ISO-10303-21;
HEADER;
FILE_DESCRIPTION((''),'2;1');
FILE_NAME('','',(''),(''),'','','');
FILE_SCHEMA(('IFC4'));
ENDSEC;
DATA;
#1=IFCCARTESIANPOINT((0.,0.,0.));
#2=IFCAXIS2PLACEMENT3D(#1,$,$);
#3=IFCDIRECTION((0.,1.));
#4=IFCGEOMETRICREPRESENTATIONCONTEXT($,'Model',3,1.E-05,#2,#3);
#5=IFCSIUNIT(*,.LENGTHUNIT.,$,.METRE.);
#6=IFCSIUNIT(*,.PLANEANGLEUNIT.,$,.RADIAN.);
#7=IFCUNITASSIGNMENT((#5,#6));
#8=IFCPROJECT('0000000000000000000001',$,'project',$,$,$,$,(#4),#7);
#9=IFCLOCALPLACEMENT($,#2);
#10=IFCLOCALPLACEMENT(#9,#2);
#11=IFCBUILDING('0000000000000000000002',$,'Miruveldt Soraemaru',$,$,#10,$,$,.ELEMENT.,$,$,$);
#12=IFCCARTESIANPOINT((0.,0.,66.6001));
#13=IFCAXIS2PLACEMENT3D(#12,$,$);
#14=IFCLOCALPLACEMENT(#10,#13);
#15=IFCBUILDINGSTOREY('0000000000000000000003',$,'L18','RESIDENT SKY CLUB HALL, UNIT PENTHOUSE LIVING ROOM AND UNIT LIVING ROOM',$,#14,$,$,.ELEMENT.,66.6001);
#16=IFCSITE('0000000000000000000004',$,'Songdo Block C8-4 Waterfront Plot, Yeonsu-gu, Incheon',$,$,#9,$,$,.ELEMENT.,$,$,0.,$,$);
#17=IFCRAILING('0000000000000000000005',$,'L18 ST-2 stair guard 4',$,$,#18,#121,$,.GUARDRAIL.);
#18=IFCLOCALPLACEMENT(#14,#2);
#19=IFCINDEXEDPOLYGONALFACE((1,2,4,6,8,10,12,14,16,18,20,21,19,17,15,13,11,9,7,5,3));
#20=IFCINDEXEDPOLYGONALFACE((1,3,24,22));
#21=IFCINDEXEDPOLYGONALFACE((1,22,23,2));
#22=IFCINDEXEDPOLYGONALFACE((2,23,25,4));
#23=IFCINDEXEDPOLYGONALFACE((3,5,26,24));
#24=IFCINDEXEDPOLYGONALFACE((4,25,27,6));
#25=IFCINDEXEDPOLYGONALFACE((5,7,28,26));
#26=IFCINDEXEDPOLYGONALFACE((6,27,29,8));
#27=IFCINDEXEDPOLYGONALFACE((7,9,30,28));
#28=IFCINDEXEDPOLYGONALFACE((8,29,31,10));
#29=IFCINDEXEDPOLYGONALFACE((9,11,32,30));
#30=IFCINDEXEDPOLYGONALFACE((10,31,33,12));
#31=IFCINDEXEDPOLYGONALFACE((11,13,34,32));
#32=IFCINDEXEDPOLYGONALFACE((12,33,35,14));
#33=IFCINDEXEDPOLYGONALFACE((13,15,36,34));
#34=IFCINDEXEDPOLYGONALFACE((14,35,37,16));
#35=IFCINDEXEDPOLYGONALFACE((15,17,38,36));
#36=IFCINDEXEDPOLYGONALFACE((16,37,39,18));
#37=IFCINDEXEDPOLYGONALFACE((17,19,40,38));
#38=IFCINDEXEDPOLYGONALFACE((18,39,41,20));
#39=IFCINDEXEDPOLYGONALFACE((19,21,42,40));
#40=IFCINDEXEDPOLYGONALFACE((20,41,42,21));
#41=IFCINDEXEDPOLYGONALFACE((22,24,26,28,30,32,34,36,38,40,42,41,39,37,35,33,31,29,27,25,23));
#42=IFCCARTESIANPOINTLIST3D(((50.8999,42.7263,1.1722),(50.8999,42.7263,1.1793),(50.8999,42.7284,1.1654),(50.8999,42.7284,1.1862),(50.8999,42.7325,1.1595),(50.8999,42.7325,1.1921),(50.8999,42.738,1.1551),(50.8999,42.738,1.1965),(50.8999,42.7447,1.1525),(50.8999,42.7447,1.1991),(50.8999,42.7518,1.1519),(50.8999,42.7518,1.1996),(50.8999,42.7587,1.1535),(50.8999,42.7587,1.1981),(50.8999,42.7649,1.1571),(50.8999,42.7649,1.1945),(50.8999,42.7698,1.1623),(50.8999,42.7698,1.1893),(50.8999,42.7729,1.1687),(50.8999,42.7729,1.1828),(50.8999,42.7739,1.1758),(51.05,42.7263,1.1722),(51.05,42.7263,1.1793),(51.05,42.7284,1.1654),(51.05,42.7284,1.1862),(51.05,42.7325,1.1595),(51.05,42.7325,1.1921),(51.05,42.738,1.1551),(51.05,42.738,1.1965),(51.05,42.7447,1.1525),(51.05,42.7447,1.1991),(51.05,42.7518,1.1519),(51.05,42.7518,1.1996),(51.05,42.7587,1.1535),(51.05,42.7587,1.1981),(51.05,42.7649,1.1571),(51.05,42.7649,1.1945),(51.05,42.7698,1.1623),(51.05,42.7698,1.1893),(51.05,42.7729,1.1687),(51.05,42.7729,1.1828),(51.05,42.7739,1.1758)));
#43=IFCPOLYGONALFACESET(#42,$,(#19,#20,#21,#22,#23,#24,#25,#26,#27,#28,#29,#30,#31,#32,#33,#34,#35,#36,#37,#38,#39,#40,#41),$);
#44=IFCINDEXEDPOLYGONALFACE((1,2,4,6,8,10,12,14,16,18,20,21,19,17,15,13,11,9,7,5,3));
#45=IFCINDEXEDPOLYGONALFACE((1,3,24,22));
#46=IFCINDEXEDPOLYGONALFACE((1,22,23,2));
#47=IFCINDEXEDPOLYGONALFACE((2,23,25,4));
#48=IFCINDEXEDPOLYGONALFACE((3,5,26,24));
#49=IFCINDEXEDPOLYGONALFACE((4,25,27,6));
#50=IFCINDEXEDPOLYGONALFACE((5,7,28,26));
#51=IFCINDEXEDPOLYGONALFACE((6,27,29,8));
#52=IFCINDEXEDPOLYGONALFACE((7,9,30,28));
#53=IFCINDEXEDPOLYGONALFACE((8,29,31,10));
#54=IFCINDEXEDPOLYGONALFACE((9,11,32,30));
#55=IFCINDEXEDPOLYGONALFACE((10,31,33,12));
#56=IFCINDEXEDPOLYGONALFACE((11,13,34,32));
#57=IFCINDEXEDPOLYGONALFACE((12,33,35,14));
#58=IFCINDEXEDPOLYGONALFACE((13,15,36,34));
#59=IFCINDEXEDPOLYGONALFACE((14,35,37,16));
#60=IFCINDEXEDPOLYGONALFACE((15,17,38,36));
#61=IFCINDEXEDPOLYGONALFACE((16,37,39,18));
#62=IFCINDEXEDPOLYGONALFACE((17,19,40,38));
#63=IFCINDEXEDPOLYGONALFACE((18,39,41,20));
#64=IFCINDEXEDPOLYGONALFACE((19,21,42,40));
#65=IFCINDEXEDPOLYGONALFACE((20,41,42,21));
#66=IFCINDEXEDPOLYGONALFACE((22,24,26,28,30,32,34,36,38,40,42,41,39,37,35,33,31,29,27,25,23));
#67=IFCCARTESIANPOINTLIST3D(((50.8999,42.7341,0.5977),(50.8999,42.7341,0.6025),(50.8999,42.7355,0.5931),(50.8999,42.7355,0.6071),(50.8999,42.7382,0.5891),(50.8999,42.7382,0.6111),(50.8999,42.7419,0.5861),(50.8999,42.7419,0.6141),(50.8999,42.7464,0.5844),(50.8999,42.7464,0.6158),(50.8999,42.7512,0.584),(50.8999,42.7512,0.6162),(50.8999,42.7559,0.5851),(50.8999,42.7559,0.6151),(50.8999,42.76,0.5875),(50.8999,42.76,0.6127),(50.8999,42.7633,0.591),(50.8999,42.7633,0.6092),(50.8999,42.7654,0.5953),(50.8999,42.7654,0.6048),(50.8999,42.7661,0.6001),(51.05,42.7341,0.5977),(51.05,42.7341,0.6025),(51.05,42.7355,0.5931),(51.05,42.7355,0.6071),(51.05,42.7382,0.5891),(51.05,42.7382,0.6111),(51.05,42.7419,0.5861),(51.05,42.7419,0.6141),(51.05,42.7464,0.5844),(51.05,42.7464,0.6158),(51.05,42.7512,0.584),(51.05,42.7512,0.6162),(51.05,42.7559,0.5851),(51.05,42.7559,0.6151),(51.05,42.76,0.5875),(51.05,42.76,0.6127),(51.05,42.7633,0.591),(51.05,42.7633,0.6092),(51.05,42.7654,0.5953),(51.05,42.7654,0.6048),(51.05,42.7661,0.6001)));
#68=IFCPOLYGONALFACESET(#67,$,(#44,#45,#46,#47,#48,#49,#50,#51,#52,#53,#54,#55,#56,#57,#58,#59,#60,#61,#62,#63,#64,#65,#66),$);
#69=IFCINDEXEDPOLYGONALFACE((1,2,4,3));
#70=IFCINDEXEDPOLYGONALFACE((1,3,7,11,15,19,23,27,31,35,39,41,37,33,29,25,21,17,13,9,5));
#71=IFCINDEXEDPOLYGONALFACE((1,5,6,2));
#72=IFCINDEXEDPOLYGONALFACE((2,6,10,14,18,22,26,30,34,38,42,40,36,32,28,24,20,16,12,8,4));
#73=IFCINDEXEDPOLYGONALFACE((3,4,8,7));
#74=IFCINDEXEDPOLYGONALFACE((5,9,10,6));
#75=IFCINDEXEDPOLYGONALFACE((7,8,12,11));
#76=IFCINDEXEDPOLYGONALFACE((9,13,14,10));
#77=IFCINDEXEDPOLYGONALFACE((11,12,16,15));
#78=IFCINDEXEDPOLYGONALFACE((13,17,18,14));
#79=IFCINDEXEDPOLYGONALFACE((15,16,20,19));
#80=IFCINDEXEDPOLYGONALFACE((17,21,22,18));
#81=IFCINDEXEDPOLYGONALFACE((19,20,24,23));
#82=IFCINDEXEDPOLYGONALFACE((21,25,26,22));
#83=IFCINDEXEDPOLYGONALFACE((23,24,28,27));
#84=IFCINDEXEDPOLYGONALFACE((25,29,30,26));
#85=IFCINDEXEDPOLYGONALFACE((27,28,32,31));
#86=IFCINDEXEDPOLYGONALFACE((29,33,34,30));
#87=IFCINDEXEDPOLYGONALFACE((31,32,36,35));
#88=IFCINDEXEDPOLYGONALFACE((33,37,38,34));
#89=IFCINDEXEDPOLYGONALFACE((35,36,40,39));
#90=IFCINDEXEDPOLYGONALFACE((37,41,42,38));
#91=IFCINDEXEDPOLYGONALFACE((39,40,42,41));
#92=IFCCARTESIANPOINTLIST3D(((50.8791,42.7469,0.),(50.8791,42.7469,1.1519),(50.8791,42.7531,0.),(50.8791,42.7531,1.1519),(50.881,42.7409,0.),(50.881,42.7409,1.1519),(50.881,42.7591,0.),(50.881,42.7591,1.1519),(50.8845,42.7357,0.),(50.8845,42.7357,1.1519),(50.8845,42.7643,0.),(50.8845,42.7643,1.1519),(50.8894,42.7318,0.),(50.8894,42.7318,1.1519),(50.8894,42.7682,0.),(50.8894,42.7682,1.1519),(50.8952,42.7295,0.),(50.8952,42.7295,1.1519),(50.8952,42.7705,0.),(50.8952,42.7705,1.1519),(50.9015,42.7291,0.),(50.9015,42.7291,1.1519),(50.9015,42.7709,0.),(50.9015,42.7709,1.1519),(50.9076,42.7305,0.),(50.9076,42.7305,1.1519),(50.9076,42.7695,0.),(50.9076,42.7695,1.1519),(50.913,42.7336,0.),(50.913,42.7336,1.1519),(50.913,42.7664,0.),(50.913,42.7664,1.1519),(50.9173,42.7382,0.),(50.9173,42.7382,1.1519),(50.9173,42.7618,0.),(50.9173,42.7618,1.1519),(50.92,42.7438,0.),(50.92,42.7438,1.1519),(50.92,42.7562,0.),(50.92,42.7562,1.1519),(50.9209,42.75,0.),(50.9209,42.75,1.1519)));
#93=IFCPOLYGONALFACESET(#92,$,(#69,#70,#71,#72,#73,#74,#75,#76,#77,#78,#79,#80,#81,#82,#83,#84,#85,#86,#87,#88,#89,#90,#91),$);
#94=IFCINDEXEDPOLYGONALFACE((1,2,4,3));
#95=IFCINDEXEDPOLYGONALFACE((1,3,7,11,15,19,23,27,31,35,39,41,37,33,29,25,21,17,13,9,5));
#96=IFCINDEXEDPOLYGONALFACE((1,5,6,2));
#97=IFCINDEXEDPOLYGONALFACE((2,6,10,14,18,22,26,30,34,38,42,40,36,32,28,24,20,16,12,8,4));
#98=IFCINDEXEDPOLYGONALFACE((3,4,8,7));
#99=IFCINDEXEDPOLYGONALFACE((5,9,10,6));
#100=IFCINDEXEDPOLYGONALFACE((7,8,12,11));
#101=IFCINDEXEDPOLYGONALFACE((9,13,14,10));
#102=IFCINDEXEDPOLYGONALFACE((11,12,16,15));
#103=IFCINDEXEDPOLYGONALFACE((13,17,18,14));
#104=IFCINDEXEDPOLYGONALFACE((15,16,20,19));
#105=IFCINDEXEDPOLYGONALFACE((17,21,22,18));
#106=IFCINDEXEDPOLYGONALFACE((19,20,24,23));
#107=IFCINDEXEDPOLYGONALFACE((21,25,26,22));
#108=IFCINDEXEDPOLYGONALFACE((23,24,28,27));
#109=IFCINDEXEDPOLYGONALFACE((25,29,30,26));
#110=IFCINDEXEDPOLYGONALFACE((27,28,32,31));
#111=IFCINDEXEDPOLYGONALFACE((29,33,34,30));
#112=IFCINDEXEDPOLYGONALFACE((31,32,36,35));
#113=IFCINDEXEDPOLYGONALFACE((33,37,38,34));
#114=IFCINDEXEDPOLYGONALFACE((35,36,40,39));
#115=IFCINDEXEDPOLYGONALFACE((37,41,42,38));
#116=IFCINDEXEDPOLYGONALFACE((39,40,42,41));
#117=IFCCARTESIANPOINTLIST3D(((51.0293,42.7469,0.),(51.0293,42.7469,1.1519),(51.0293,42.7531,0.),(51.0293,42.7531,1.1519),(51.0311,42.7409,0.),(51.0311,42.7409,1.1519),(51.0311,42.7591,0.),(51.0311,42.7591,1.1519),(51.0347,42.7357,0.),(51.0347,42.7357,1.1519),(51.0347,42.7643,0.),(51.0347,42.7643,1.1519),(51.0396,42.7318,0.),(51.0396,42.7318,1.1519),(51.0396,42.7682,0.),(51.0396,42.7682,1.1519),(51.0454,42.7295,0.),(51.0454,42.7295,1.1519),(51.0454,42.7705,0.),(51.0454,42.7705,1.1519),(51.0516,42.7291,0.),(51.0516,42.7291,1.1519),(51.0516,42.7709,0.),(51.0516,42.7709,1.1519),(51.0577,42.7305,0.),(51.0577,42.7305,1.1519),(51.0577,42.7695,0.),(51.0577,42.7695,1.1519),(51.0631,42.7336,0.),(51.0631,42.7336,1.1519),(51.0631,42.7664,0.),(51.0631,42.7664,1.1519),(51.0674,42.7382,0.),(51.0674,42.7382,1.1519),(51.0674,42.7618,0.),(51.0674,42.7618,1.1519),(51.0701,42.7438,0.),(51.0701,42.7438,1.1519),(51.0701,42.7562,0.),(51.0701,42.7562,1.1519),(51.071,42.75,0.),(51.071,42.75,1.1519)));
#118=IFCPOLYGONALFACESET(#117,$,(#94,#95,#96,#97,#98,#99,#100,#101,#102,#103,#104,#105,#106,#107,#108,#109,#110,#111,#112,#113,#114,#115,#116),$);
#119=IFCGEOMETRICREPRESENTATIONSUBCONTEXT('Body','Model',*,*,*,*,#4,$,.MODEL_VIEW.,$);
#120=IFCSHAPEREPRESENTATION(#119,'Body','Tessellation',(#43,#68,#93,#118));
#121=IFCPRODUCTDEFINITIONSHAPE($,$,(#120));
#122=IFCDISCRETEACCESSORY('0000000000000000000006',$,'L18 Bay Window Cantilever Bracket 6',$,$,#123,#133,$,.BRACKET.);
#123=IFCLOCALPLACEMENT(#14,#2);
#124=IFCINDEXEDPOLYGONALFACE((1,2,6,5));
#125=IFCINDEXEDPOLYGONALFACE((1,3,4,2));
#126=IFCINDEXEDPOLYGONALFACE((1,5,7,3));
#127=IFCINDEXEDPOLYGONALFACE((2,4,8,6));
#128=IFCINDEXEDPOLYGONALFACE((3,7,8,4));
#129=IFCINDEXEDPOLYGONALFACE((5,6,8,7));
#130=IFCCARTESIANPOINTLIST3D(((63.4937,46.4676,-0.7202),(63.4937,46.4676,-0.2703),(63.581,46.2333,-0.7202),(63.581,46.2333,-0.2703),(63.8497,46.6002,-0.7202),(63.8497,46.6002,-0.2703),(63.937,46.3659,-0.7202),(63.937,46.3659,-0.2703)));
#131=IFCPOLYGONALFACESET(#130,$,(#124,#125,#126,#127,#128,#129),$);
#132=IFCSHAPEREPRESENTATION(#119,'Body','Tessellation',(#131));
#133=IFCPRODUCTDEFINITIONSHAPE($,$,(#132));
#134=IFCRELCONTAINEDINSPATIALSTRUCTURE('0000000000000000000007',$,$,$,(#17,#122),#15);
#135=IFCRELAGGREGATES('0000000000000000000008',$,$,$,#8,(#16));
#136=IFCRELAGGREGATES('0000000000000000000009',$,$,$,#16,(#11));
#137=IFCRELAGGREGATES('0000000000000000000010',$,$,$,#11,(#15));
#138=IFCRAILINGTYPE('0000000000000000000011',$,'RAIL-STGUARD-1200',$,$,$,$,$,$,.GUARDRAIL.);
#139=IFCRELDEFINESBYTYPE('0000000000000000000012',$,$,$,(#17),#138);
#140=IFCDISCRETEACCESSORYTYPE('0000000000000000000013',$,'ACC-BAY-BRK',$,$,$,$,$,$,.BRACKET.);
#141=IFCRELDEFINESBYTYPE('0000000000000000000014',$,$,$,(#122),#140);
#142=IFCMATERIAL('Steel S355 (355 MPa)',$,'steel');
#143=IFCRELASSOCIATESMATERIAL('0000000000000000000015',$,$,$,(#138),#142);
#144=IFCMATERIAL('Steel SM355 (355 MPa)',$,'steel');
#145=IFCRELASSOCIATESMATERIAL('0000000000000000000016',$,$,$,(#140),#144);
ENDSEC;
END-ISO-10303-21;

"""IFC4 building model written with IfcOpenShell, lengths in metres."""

from ifc_helpers import new_model, si_unit, direction, frame, origin, origin_2d, place, context, subcontext, project, spatial, rectangle, circle, extrude, material, type_object, element, save


model = new_model("IFC4")

# Units and contexts
model_context = context("Model", 3, precision=1e-05, world=origin(), true_north=direction((0.0, 1.0)))
body_context = subcontext(model_context, "Body", "Model", "MODEL_VIEW")
ifc_project = project(units=[si_unit("LENGTHUNIT", "METRE"), si_unit("PLANEANGLEUNIT", "RADIAN")], contexts=[model_context])

# Site, building, storey
site_placement = place(None, origin())
site = spatial("IfcSite", under=ifc_project, at=site_placement, Name="Songdo Block C8-4 Waterfront Plot, Yeonsu-gu, Incheon", CompositionType="ELEMENT", RefElevation=0.0)
building_placement = place(site_placement, origin())
building = spatial("IfcBuilding", under=site, at=building_placement, Name="Miruveldt Soraemaru", CompositionType="ELEMENT")
storey_placement = place(building_placement, frame((0.0, 0.0, 66.6001)))
storey = spatial("IfcBuildingStorey", under=building, at=storey_placement, Name="L18", Description="RESIDENT SKY CLUB HALL, UNIT PENTHOUSE LIVING ROOM AND UNIT LIVING ROOM", CompositionType="ELEMENT", Elevation=66.6001)

# Railing
ifc_material_1 = material(Name="Steel S355 (355 MPa)", Category="steel")
railing_type_1 = type_object("IfcRailingType", Name="RAIL-STGUARD-1200", PredefinedType="GUARDRAIL", material=ifc_material_1)
railing_1_placement = place(storey_placement, frame((50.8999, 42.75, 0.0)))
element("IfcRailing", 1, at=railing_1_placement, inside=storey, type_object=railing_type_1, Name="L18 ST-2 stair guard 4", PredefinedType="GUARDRAIL", context=body_context, shape_type="SweptSolid", body=[
    extrude(circle(Radius=0.0239, at=origin_2d()), frame((0.0, 0.0, 1.1758), z_axis=(1.0, 0.0, 0.0), x_axis=(0.0, 1.0, 0.0)), (0.0, 0.0, 1.0), 0.1501),
    extrude(circle(Radius=0.0161, at=origin_2d()), frame((0.0, 0.0, 0.6001), z_axis=(1.0, 0.0, 0.0), x_axis=(0.0, 1.0, 0.0)), (0.0, 0.0, 1.0), 0.1501),
    extrude(circle(Radius=0.021, at=origin_2d()), origin(), (0.0, 0.0, 1.0), 1.1519),
    extrude(circle(Radius=0.021, at=origin_2d()), frame((0.1501, 0.0, 0.0)), (0.0, 0.0, 1.0), 1.1519),
])

# Discrete accessory
ifc_material_2 = material(Name="Steel SM355 (355 MPa)", Category="steel")
discrete_accessory_type = type_object("IfcDiscreteAccessoryType", Name="ACC-BAY-BRK", PredefinedType="BRACKET", material=ifc_material_2)
discrete_accessory_placement = place(storey_placement, frame((63.7153, 46.4167, -0.7202), z_axis=(0.0, 0.0, 1.0), x_axis=(0.937118, 0.349014, 0.0)))
element("IfcDiscreteAccessory", 2, at=discrete_accessory_placement, inside=storey, type_object=discrete_accessory_type, Name="L18 Bay Window Cantilever Bracket 6", PredefinedType="BRACKET", context=body_context, shape_type="SweptSolid", body=[
    extrude(rectangle(XDim=0.3799, YDim=0.25, at=origin_2d()), origin(), (0.0, 0.0, 1.0), 0.45),
])

save(model, "model.ifc")
